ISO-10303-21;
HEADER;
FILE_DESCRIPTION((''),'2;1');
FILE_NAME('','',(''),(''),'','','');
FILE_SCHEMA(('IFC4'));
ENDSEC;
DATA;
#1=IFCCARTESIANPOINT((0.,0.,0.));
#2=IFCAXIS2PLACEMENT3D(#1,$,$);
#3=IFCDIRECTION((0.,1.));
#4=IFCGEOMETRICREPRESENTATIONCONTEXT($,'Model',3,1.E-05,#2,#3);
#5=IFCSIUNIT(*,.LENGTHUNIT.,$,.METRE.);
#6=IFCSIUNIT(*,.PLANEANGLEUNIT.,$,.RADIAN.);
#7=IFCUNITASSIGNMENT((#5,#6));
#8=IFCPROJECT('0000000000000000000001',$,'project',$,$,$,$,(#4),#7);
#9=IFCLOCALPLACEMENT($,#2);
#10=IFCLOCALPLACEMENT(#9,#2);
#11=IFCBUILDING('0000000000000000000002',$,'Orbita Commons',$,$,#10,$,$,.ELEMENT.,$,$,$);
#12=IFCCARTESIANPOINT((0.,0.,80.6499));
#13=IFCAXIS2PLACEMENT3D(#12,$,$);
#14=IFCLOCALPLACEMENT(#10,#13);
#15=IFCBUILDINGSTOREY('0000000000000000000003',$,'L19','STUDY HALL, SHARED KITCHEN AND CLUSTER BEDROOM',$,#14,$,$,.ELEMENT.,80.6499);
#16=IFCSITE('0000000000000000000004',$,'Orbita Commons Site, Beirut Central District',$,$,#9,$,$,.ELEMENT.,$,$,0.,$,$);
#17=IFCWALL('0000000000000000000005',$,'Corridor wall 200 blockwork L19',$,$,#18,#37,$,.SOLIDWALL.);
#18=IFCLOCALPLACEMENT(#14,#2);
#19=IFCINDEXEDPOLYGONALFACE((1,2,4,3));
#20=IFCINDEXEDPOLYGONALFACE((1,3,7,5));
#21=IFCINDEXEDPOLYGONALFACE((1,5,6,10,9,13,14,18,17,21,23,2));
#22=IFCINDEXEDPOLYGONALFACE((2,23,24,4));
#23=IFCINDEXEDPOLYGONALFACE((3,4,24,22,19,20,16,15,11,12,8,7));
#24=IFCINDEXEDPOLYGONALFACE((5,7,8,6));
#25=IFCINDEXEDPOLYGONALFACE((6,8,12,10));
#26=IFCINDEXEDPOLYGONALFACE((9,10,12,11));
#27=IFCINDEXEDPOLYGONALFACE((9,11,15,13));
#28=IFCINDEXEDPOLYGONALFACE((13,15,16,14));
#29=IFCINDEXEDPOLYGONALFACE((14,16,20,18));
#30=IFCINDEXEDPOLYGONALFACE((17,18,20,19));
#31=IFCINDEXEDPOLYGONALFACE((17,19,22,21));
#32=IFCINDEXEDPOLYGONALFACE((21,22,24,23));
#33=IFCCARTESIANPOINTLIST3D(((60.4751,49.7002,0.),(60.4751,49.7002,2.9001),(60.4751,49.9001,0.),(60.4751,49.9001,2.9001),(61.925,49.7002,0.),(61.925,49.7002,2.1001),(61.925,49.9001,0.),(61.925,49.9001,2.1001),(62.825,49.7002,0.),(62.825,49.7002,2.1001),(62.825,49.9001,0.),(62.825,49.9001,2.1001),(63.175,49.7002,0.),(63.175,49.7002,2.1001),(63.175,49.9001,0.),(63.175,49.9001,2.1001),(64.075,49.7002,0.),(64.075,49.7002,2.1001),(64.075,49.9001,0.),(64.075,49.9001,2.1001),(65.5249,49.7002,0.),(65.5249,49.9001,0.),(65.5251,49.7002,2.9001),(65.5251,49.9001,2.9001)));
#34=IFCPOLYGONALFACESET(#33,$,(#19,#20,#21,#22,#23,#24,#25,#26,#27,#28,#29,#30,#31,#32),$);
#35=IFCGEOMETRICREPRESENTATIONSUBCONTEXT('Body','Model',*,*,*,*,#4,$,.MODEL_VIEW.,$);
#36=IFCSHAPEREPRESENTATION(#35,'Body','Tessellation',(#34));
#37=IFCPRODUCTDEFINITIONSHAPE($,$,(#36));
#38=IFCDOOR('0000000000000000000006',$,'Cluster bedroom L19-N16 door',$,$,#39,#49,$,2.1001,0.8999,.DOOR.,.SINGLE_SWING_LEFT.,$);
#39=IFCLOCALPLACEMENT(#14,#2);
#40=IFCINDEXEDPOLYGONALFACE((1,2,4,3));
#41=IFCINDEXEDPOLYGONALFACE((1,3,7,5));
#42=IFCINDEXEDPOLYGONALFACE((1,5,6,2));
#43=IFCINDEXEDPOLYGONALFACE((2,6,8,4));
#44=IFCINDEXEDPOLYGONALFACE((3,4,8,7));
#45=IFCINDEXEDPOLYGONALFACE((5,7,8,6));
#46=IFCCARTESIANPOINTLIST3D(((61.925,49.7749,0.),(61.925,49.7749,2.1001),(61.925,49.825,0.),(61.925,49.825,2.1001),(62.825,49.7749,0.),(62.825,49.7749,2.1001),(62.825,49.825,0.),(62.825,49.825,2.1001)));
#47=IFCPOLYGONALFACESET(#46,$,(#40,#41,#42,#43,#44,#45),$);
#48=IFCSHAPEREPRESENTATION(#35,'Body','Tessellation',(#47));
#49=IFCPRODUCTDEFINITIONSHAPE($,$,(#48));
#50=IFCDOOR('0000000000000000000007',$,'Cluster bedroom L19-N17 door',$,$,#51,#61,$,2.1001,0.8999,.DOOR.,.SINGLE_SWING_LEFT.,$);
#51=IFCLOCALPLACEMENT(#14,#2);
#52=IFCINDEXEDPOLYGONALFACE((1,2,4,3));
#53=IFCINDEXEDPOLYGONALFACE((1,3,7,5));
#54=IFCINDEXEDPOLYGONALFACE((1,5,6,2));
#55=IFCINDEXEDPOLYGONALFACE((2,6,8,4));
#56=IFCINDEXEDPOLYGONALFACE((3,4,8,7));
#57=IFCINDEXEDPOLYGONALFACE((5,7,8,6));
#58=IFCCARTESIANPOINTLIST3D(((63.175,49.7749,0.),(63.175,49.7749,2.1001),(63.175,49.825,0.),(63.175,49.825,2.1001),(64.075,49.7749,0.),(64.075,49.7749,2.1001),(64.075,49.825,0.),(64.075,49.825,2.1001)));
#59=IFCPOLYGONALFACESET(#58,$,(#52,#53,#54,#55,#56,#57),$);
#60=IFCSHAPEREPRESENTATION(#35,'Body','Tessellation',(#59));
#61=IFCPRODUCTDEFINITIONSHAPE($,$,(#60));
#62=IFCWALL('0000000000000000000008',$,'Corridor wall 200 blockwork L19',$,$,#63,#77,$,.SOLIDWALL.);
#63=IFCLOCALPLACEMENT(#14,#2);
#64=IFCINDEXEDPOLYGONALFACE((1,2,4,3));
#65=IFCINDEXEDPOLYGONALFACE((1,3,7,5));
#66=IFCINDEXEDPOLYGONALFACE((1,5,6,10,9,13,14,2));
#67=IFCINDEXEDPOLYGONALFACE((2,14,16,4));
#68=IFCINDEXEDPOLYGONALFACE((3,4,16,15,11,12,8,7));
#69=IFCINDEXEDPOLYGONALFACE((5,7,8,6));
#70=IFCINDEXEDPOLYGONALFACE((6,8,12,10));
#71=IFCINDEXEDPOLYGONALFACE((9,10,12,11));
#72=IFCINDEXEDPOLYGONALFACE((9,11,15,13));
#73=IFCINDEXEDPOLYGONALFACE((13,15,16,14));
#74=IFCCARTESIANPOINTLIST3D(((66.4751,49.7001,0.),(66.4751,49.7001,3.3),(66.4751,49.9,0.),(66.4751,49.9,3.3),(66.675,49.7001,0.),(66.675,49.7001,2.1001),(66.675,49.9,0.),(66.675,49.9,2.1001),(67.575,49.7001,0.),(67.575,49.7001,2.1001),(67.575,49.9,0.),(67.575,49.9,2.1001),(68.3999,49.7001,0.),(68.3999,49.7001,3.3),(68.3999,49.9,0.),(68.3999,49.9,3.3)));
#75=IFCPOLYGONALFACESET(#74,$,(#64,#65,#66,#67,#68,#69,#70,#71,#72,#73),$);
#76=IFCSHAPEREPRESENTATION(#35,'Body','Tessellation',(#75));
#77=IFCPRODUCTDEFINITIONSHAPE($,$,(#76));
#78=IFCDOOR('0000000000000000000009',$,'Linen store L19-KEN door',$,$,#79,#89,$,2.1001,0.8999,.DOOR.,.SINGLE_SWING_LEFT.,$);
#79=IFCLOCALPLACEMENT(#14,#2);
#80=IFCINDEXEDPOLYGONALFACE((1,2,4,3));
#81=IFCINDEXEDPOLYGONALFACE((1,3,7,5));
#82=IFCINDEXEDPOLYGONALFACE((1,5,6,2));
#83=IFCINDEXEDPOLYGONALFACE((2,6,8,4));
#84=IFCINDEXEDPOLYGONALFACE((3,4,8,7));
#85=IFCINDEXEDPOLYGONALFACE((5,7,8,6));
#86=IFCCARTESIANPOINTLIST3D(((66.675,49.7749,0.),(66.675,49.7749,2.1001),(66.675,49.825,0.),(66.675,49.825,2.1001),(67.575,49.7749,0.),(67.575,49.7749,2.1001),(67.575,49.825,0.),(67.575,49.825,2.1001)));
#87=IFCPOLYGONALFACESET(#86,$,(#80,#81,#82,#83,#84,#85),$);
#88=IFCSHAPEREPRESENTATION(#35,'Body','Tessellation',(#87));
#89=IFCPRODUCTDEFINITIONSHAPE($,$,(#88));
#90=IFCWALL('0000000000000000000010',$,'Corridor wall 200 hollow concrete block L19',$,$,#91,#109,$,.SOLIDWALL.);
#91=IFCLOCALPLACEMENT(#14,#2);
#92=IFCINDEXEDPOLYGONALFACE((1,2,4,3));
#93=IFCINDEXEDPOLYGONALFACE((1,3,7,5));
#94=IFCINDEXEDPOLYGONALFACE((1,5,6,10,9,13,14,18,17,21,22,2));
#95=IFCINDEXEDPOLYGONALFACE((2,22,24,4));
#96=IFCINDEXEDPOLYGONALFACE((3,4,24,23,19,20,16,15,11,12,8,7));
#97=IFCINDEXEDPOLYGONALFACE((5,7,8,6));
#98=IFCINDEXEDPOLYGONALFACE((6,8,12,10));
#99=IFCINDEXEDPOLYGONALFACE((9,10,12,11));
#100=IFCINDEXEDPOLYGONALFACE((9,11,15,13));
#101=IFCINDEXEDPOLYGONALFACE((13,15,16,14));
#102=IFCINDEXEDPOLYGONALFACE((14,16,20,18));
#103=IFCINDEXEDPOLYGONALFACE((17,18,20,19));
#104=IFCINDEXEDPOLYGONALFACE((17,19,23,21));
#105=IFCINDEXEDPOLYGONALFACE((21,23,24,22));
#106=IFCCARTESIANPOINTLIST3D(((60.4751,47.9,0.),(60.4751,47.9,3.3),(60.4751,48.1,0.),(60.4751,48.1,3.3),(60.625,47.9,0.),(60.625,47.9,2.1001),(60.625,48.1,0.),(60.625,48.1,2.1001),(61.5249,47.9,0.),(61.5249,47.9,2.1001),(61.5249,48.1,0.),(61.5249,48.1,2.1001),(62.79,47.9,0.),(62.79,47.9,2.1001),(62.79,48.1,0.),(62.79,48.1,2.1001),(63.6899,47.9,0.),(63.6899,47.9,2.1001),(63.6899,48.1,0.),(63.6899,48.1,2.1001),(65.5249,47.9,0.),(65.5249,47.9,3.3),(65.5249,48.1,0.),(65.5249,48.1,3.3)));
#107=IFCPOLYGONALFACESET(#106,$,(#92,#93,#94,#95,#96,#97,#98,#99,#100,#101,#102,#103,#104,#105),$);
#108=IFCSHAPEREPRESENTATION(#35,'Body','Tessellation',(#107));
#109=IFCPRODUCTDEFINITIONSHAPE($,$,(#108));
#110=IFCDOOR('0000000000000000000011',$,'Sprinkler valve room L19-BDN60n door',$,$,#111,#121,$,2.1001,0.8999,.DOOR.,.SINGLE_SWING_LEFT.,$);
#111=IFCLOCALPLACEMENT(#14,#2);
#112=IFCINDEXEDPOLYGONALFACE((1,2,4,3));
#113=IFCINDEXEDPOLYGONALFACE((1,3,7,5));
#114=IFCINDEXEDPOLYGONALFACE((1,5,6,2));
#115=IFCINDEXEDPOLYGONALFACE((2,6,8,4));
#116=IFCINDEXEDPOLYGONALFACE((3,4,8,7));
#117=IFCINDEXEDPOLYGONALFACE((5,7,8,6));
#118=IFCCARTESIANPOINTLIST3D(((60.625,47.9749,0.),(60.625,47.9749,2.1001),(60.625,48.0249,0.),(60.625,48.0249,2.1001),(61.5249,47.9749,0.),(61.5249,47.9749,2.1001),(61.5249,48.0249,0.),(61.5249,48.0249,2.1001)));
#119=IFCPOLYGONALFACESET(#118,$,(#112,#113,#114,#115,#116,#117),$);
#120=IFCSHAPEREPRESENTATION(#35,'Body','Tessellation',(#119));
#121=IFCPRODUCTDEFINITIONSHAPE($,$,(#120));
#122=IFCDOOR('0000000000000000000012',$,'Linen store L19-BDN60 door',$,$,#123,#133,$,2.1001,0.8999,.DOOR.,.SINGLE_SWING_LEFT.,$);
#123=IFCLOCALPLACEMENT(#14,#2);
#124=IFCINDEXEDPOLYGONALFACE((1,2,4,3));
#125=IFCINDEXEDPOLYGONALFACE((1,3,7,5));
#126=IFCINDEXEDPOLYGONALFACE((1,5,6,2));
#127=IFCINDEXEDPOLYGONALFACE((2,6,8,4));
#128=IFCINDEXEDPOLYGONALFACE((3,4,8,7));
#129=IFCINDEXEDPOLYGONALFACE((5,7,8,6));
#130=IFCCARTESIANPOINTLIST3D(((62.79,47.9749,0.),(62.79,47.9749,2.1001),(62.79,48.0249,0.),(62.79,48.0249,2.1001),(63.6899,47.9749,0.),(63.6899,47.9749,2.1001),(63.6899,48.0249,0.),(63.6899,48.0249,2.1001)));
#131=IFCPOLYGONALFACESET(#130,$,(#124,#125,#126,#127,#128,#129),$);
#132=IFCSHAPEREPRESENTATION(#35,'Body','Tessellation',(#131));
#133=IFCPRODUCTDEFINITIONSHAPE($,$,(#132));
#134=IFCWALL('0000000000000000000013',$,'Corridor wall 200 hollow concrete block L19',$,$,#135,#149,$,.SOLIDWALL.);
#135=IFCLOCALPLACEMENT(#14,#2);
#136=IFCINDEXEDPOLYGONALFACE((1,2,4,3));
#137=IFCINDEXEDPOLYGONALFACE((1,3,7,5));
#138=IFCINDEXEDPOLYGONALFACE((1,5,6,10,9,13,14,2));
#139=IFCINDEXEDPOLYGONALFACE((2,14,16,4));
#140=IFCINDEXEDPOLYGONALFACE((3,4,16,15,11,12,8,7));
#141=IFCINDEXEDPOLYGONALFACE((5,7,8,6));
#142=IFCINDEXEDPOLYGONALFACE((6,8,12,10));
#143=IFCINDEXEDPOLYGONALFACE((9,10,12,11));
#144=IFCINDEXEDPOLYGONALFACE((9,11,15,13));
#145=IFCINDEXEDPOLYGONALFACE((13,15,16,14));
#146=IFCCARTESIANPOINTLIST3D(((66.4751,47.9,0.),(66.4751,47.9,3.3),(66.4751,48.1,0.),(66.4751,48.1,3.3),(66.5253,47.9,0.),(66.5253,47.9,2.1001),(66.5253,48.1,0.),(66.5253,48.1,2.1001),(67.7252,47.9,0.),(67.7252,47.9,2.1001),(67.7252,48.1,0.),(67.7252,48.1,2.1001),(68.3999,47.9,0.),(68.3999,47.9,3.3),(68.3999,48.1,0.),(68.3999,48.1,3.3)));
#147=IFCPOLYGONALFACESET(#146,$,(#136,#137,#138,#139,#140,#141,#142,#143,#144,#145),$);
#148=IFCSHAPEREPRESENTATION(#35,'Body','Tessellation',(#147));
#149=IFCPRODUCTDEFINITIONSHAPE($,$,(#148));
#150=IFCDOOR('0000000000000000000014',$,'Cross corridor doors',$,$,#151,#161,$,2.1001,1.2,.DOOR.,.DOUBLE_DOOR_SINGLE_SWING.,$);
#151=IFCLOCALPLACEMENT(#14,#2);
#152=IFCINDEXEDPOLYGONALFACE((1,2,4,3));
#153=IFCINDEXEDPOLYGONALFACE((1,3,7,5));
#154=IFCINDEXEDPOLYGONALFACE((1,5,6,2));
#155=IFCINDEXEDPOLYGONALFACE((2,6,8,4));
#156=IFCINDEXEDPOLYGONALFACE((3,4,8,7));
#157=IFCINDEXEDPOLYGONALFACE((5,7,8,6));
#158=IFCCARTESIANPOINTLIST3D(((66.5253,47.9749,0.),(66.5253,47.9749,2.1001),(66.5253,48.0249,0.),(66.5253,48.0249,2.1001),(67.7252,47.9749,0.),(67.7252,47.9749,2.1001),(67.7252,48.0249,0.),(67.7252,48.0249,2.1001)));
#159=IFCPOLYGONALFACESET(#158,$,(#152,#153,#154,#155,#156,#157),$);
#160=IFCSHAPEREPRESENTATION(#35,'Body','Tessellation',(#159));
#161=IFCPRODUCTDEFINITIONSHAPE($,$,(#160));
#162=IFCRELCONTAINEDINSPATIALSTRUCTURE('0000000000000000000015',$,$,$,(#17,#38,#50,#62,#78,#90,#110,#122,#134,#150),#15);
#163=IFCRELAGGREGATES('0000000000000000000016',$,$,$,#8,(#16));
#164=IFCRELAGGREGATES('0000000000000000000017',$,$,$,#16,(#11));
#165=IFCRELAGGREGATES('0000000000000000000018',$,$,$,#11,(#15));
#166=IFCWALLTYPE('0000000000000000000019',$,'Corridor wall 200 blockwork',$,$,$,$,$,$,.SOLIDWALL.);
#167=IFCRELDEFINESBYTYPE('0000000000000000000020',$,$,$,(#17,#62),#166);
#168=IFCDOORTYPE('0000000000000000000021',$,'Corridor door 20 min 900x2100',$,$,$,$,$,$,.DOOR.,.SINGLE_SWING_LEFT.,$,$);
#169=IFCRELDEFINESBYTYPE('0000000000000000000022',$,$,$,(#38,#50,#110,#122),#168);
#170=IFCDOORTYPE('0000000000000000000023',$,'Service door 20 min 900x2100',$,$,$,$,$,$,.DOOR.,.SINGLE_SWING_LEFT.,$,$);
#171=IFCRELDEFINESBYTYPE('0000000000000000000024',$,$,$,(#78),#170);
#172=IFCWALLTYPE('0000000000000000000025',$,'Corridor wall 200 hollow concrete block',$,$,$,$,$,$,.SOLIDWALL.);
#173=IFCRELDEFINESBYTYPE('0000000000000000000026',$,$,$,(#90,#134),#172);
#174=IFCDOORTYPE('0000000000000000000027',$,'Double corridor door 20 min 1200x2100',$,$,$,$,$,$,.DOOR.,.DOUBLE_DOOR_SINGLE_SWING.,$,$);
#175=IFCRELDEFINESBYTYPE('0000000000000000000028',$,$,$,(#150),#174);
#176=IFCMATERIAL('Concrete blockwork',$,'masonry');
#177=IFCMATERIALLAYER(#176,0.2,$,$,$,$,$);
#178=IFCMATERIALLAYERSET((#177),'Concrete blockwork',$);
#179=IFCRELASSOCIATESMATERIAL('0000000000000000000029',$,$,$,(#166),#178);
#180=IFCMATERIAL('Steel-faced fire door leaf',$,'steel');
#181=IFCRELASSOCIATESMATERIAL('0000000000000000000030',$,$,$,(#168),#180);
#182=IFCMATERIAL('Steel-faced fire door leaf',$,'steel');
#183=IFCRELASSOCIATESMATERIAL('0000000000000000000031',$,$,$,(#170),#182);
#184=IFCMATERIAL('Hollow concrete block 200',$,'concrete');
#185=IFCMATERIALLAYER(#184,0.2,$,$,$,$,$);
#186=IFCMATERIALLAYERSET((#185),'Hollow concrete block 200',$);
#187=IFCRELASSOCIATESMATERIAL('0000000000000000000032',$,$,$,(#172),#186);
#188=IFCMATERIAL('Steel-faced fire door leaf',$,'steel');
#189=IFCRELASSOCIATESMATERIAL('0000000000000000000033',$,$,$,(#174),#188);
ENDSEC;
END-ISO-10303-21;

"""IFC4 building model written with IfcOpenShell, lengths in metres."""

from ifc_helpers import new_model, si_unit, direction, frame, frame_2d, origin, place, context, subcontext, project, spatial, polyline, rectangle, outline, extrude, material, layer, layer_set, type_object, element, fill, save


model = new_model("IFC4")

# Units and contexts
model_context = context("Model", 3, precision=1e-05, world=origin(), true_north=direction((0.0, 1.0)))
body_context = subcontext(model_context, "Body", "Model", "MODEL_VIEW")
ifc_project = project(units=[si_unit("LENGTHUNIT", "METRE"), si_unit("PLANEANGLEUNIT", "RADIAN")], contexts=[model_context])

# Site, building, storey
site_placement = place(None, origin())
site = spatial("IfcSite", under=ifc_project, at=site_placement, Name="Orbita Commons Site, Beirut Central District", CompositionType="ELEMENT", RefElevation=0.0)
building_placement = place(site_placement, origin())
building = spatial("IfcBuilding", under=site, at=building_placement, Name="Orbita Commons", CompositionType="ELEMENT")
storey_placement = place(building_placement, frame((0.0, 0.0, 80.6499)))
storey = spatial("IfcBuildingStorey", under=building, at=storey_placement, Name="L19", Description="STUDY HALL, SHARED KITCHEN AND CLUSTER BEDROOM", CompositionType="ELEMENT", Elevation=80.6499)

# Wall, openings, doors
ifc_material_1 = material(Name="Concrete blockwork", Category="masonry")
ifc_layer_1 = layer(ifc_material_1, 0.2)
ifc_layer_set_1 = layer_set([ifc_layer_1], Name="Concrete blockwork")
wall_type_1 = type_object("IfcWallType", Name="Corridor wall 200 blockwork", PredefinedType="SOLIDWALL", material=ifc_layer_set_1)
ifc_material_2 = material(Name="Steel-faced fire door leaf", Category="steel")
door_type_1 = type_object("IfcDoorType", Name="Corridor door 20 min 900x2100", OperationType="SINGLE_SWING_LEFT", PredefinedType="DOOR", material=ifc_material_2)
wall_1_placement = place(storey_placement, frame((60.4751, 49.8, 0.0), z_axis=(0.0, 0.0, 1.0), x_axis=(1.0, 0.0, 0.0)))
wall_1 = element("IfcWall", 1, at=wall_1_placement, inside=storey, type_object=wall_type_1, Name="Corridor wall 200 blockwork L19", PredefinedType="SOLIDWALL", context=body_context, shape_type="SweptSolid", body=[
    extrude(outline(polyline([(0.0, 0.0), (5.0498, 0.0), (5.05, 2.9001), (0.0, 2.9001), (0.0, 0.0)])), frame((0.0, 0.1001, 0.0), z_axis=(0.0, -1.0, 0.0), x_axis=(1.0, 0.0, 0.0)), (0.0, 0.0, 1.0), 0.2),
])
opening_1_placement = place(wall_1_placement, frame((1.45, 0.0, 0.0)))
opening_1 = element("IfcOpeningElement", 2, at=opening_1_placement, cuts=wall_1, PredefinedType="OPENING", context=body_context, shape_type="SweptSolid", body=[
    extrude(rectangle(XDim=0.8999, YDim=2.1001, at=frame_2d((0.45, 1.05))), frame((0.0, 0.1099, 0.0), z_axis=(0.0, -1.0, 0.0), x_axis=(1.0, 0.0, 0.0)), (0.0, 0.0, 1.0), 0.22),
])
opening_2_placement = place(wall_1_placement, frame((2.7, 0.0, 0.0)))
opening_2 = element("IfcOpeningElement", 3, at=opening_2_placement, cuts=wall_1, PredefinedType="OPENING", context=body_context, shape_type="SweptSolid", body=[
    extrude(rectangle(XDim=0.8999, YDim=2.1001, at=frame_2d((0.45, 1.05))), frame((0.0, 0.1099, 0.0), z_axis=(0.0, -1.0, 0.0), x_axis=(1.0, 0.0, 0.0)), (0.0, 0.0, 1.0), 0.22),
])
door_1_placement = place(opening_1_placement, origin())
door_1 = element("IfcDoor", 4, at=door_1_placement, inside=storey, type_object=door_type_1, Name="Cluster bedroom L19-N16 door", OperationType="SINGLE_SWING_LEFT", OverallHeight=2.1001, OverallWidth=0.8999, PredefinedType="DOOR", context=body_context, shape_type="SweptSolid", body=[
    extrude(rectangle(XDim=0.8999, YDim=2.1001, at=frame_2d((0.45, 1.05))), frame((0.0, 0.0249, 0.0), z_axis=(0.0, -1.0, 0.0), x_axis=(1.0, 0.0, 0.0)), (0.0, 0.0, 1.0), 0.05),
])
fill(opening_1, door_1)
door_2_placement = place(opening_2_placement, origin())
door_2 = element("IfcDoor", 5, at=door_2_placement, inside=storey, type_object=door_type_1, Name="Cluster bedroom L19-N17 door", OperationType="SINGLE_SWING_LEFT", OverallHeight=2.1001, OverallWidth=0.8999, PredefinedType="DOOR", context=body_context, shape_type="SweptSolid", body=[
    extrude(rectangle(XDim=0.8999, YDim=2.1001, at=frame_2d((0.45, 1.05))), frame((0.0, 0.0249, 0.0), z_axis=(0.0, -1.0, 0.0), x_axis=(1.0, 0.0, 0.0)), (0.0, 0.0, 1.0), 0.05),
])
fill(opening_2, door_2)

# Wall, opening, door
wall_2_placement = place(storey_placement, frame((66.4751, 49.8, 0.0), z_axis=(0.0, 0.0, 1.0), x_axis=(1.0, 0.0, 0.0)))
wall_2 = element("IfcWall", 6, at=wall_2_placement, inside=storey, type_object=wall_type_1, Name="Corridor wall 200 blockwork L19", PredefinedType="SOLIDWALL", context=body_context, shape_type="SweptSolid", body=[
    extrude(rectangle(XDim=1.9248, YDim=0.2, at=frame_2d((0.9624, 0.0))), origin(), (0.0, 0.0, 1.0), 3.3),
])
opening_3_placement = place(wall_2_placement, frame((0.2, 0.0, 0.0)))
opening_3 = element("IfcOpeningElement", 7, at=opening_3_placement, cuts=wall_2, PredefinedType="OPENING", context=body_context, shape_type="SweptSolid", body=[
    extrude(rectangle(XDim=0.8999, YDim=2.1001, at=frame_2d((0.45, 1.05))), frame((0.0, 0.1099, 0.0), z_axis=(0.0, -1.0, 0.0), x_axis=(1.0, 0.0, 0.0)), (0.0, 0.0, 1.0), 0.22),
])
ifc_material_3 = material(Name="Steel-faced fire door leaf", Category="steel")
door_type_2 = type_object("IfcDoorType", Name="Service door 20 min 900x2100", OperationType="SINGLE_SWING_LEFT", PredefinedType="DOOR", material=ifc_material_3)
door_3_placement = place(opening_3_placement, origin())
door_3 = element("IfcDoor", 8, at=door_3_placement, inside=storey, type_object=door_type_2, Name="Linen store L19-KEN door", OperationType="SINGLE_SWING_LEFT", OverallHeight=2.1001, OverallWidth=0.8999, PredefinedType="DOOR", context=body_context, shape_type="SweptSolid", body=[
    extrude(rectangle(XDim=0.8999, YDim=2.1001, at=frame_2d((0.45, 1.05))), frame((0.0, 0.0249, 0.0), z_axis=(0.0, -1.0, 0.0), x_axis=(1.0, 0.0, 0.0)), (0.0, 0.0, 1.0), 0.05),
])
fill(opening_3, door_3)

# Wall, openings, doors
ifc_material_4 = material(Name="Hollow concrete block 200", Category="concrete")
ifc_layer_2 = layer(ifc_material_4, 0.2)
ifc_layer_set_2 = layer_set([ifc_layer_2], Name="Hollow concrete block 200")
wall_type_2 = type_object("IfcWallType", Name="Corridor wall 200 hollow concrete block", PredefinedType="SOLIDWALL", material=ifc_layer_set_2)
wall_3_placement = place(storey_placement, frame((60.4751, 48.0, 0.0), z_axis=(0.0, 0.0, 1.0), x_axis=(1.0, 0.0, 0.0)))
wall_3 = element("IfcWall", 9, at=wall_3_placement, inside=storey, type_object=wall_type_2, Name="Corridor wall 200 hollow concrete block L19", PredefinedType="SOLIDWALL", context=body_context, shape_type="SweptSolid", body=[
    extrude(rectangle(XDim=5.0498, YDim=0.2, at=frame_2d((2.5249, 0.0))), origin(), (0.0, 0.0, 1.0), 3.3),
])
opening_4_placement = place(wall_3_placement, frame((0.1499, 0.0, 0.0)))
opening_4 = element("IfcOpeningElement", 10, at=opening_4_placement, cuts=wall_3, PredefinedType="OPENING", context=body_context, shape_type="SweptSolid", body=[
    extrude(rectangle(XDim=0.8999, YDim=2.1001, at=frame_2d((0.45, 1.05))), frame((0.0, 0.1099, 0.0), z_axis=(0.0, -1.0, 0.0), x_axis=(1.0, 0.0, 0.0)), (0.0, 0.0, 1.0), 0.22),
])
opening_5_placement = place(wall_3_placement, frame((2.3149, 0.0, 0.0)))
opening_5 = element("IfcOpeningElement", 11, at=opening_5_placement, cuts=wall_3, PredefinedType="OPENING", context=body_context, shape_type="SweptSolid", body=[
    extrude(rectangle(XDim=0.8999, YDim=2.1001, at=frame_2d((0.45, 1.05))), frame((0.0, 0.1099, 0.0), z_axis=(0.0, -1.0, 0.0), x_axis=(1.0, 0.0, 0.0)), (0.0, 0.0, 1.0), 0.22),
])
door_4_placement = place(opening_4_placement, origin())
door_4 = element("IfcDoor", 12, at=door_4_placement, inside=storey, type_object=door_type_1, Name="Sprinkler valve room L19-BDN60n door", OperationType="SINGLE_SWING_LEFT", OverallHeight=2.1001, OverallWidth=0.8999, PredefinedType="DOOR", context=body_context, shape_type="SweptSolid", body=[
    extrude(rectangle(XDim=0.8999, YDim=2.1001, at=frame_2d((0.45, 1.05))), frame((0.0, 0.0249, 0.0), z_axis=(0.0, -1.0, 0.0), x_axis=(1.0, 0.0, 0.0)), (0.0, 0.0, 1.0), 0.05),
])
fill(opening_4, door_4)
door_5_placement = place(opening_5_placement, origin())
door_5 = element("IfcDoor", 13, at=door_5_placement, inside=storey, type_object=door_type_1, Name="Linen store L19-BDN60 door", OperationType="SINGLE_SWING_LEFT", OverallHeight=2.1001, OverallWidth=0.8999, PredefinedType="DOOR", context=body_context, shape_type="SweptSolid", body=[
    extrude(rectangle(XDim=0.8999, YDim=2.1001, at=frame_2d((0.45, 1.05))), frame((0.0, 0.0249, 0.0), z_axis=(0.0, -1.0, 0.0), x_axis=(1.0, 0.0, 0.0)), (0.0, 0.0, 1.0), 0.05),
])
fill(opening_5, door_5)

# Wall, opening, door
wall_4_placement = place(storey_placement, frame((66.4751, 48.0, 0.0), z_axis=(0.0, 0.0, 1.0), x_axis=(1.0, 0.0, 0.0)))
wall_4 = element("IfcWall", 14, at=wall_4_placement, inside=storey, type_object=wall_type_2, Name="Corridor wall 200 hollow concrete block L19", PredefinedType="SOLIDWALL", context=body_context, shape_type="SweptSolid", body=[
    extrude(rectangle(XDim=1.9248, YDim=0.2, at=frame_2d((0.9624, 0.0))), origin(), (0.0, 0.0, 1.0), 3.3),
])
opening_6_placement = place(wall_4_placement, frame((0.05, 0.0, 0.0)))
opening_6 = element("IfcOpeningElement", 15, at=opening_6_placement, cuts=wall_4, PredefinedType="OPENING", context=body_context, shape_type="SweptSolid", body=[
    extrude(rectangle(XDim=1.2, YDim=2.1001, at=frame_2d((0.6001, 1.05))), frame((0.0, 0.1099, 0.0), z_axis=(0.0, -1.0, 0.0), x_axis=(1.0, 0.0, 0.0)), (0.0, 0.0, 1.0), 0.22),
])
ifc_material_5 = material(Name="Steel-faced fire door leaf", Category="steel")
door_type_3 = type_object("IfcDoorType", Name="Double corridor door 20 min 1200x2100", OperationType="DOUBLE_DOOR_SINGLE_SWING", PredefinedType="DOOR", material=ifc_material_5)
door_6_placement = place(opening_6_placement, origin())
door_6 = element("IfcDoor", 16, at=door_6_placement, inside=storey, type_object=door_type_3, Name="Cross corridor doors", OperationType="DOUBLE_DOOR_SINGLE_SWING", OverallHeight=2.1001, OverallWidth=1.2, PredefinedType="DOOR", context=body_context, shape_type="SweptSolid", body=[
    extrude(rectangle(XDim=1.2, YDim=2.1001, at=frame_2d((0.6001, 1.05))), frame((0.0, 0.0249, 0.0), z_axis=(0.0, -1.0, 0.0), x_axis=(1.0, 0.0, 0.0)), (0.0, 0.0, 1.0), 0.05),
])
fill(opening_6, door_6)

save(model, "model.ifc")
